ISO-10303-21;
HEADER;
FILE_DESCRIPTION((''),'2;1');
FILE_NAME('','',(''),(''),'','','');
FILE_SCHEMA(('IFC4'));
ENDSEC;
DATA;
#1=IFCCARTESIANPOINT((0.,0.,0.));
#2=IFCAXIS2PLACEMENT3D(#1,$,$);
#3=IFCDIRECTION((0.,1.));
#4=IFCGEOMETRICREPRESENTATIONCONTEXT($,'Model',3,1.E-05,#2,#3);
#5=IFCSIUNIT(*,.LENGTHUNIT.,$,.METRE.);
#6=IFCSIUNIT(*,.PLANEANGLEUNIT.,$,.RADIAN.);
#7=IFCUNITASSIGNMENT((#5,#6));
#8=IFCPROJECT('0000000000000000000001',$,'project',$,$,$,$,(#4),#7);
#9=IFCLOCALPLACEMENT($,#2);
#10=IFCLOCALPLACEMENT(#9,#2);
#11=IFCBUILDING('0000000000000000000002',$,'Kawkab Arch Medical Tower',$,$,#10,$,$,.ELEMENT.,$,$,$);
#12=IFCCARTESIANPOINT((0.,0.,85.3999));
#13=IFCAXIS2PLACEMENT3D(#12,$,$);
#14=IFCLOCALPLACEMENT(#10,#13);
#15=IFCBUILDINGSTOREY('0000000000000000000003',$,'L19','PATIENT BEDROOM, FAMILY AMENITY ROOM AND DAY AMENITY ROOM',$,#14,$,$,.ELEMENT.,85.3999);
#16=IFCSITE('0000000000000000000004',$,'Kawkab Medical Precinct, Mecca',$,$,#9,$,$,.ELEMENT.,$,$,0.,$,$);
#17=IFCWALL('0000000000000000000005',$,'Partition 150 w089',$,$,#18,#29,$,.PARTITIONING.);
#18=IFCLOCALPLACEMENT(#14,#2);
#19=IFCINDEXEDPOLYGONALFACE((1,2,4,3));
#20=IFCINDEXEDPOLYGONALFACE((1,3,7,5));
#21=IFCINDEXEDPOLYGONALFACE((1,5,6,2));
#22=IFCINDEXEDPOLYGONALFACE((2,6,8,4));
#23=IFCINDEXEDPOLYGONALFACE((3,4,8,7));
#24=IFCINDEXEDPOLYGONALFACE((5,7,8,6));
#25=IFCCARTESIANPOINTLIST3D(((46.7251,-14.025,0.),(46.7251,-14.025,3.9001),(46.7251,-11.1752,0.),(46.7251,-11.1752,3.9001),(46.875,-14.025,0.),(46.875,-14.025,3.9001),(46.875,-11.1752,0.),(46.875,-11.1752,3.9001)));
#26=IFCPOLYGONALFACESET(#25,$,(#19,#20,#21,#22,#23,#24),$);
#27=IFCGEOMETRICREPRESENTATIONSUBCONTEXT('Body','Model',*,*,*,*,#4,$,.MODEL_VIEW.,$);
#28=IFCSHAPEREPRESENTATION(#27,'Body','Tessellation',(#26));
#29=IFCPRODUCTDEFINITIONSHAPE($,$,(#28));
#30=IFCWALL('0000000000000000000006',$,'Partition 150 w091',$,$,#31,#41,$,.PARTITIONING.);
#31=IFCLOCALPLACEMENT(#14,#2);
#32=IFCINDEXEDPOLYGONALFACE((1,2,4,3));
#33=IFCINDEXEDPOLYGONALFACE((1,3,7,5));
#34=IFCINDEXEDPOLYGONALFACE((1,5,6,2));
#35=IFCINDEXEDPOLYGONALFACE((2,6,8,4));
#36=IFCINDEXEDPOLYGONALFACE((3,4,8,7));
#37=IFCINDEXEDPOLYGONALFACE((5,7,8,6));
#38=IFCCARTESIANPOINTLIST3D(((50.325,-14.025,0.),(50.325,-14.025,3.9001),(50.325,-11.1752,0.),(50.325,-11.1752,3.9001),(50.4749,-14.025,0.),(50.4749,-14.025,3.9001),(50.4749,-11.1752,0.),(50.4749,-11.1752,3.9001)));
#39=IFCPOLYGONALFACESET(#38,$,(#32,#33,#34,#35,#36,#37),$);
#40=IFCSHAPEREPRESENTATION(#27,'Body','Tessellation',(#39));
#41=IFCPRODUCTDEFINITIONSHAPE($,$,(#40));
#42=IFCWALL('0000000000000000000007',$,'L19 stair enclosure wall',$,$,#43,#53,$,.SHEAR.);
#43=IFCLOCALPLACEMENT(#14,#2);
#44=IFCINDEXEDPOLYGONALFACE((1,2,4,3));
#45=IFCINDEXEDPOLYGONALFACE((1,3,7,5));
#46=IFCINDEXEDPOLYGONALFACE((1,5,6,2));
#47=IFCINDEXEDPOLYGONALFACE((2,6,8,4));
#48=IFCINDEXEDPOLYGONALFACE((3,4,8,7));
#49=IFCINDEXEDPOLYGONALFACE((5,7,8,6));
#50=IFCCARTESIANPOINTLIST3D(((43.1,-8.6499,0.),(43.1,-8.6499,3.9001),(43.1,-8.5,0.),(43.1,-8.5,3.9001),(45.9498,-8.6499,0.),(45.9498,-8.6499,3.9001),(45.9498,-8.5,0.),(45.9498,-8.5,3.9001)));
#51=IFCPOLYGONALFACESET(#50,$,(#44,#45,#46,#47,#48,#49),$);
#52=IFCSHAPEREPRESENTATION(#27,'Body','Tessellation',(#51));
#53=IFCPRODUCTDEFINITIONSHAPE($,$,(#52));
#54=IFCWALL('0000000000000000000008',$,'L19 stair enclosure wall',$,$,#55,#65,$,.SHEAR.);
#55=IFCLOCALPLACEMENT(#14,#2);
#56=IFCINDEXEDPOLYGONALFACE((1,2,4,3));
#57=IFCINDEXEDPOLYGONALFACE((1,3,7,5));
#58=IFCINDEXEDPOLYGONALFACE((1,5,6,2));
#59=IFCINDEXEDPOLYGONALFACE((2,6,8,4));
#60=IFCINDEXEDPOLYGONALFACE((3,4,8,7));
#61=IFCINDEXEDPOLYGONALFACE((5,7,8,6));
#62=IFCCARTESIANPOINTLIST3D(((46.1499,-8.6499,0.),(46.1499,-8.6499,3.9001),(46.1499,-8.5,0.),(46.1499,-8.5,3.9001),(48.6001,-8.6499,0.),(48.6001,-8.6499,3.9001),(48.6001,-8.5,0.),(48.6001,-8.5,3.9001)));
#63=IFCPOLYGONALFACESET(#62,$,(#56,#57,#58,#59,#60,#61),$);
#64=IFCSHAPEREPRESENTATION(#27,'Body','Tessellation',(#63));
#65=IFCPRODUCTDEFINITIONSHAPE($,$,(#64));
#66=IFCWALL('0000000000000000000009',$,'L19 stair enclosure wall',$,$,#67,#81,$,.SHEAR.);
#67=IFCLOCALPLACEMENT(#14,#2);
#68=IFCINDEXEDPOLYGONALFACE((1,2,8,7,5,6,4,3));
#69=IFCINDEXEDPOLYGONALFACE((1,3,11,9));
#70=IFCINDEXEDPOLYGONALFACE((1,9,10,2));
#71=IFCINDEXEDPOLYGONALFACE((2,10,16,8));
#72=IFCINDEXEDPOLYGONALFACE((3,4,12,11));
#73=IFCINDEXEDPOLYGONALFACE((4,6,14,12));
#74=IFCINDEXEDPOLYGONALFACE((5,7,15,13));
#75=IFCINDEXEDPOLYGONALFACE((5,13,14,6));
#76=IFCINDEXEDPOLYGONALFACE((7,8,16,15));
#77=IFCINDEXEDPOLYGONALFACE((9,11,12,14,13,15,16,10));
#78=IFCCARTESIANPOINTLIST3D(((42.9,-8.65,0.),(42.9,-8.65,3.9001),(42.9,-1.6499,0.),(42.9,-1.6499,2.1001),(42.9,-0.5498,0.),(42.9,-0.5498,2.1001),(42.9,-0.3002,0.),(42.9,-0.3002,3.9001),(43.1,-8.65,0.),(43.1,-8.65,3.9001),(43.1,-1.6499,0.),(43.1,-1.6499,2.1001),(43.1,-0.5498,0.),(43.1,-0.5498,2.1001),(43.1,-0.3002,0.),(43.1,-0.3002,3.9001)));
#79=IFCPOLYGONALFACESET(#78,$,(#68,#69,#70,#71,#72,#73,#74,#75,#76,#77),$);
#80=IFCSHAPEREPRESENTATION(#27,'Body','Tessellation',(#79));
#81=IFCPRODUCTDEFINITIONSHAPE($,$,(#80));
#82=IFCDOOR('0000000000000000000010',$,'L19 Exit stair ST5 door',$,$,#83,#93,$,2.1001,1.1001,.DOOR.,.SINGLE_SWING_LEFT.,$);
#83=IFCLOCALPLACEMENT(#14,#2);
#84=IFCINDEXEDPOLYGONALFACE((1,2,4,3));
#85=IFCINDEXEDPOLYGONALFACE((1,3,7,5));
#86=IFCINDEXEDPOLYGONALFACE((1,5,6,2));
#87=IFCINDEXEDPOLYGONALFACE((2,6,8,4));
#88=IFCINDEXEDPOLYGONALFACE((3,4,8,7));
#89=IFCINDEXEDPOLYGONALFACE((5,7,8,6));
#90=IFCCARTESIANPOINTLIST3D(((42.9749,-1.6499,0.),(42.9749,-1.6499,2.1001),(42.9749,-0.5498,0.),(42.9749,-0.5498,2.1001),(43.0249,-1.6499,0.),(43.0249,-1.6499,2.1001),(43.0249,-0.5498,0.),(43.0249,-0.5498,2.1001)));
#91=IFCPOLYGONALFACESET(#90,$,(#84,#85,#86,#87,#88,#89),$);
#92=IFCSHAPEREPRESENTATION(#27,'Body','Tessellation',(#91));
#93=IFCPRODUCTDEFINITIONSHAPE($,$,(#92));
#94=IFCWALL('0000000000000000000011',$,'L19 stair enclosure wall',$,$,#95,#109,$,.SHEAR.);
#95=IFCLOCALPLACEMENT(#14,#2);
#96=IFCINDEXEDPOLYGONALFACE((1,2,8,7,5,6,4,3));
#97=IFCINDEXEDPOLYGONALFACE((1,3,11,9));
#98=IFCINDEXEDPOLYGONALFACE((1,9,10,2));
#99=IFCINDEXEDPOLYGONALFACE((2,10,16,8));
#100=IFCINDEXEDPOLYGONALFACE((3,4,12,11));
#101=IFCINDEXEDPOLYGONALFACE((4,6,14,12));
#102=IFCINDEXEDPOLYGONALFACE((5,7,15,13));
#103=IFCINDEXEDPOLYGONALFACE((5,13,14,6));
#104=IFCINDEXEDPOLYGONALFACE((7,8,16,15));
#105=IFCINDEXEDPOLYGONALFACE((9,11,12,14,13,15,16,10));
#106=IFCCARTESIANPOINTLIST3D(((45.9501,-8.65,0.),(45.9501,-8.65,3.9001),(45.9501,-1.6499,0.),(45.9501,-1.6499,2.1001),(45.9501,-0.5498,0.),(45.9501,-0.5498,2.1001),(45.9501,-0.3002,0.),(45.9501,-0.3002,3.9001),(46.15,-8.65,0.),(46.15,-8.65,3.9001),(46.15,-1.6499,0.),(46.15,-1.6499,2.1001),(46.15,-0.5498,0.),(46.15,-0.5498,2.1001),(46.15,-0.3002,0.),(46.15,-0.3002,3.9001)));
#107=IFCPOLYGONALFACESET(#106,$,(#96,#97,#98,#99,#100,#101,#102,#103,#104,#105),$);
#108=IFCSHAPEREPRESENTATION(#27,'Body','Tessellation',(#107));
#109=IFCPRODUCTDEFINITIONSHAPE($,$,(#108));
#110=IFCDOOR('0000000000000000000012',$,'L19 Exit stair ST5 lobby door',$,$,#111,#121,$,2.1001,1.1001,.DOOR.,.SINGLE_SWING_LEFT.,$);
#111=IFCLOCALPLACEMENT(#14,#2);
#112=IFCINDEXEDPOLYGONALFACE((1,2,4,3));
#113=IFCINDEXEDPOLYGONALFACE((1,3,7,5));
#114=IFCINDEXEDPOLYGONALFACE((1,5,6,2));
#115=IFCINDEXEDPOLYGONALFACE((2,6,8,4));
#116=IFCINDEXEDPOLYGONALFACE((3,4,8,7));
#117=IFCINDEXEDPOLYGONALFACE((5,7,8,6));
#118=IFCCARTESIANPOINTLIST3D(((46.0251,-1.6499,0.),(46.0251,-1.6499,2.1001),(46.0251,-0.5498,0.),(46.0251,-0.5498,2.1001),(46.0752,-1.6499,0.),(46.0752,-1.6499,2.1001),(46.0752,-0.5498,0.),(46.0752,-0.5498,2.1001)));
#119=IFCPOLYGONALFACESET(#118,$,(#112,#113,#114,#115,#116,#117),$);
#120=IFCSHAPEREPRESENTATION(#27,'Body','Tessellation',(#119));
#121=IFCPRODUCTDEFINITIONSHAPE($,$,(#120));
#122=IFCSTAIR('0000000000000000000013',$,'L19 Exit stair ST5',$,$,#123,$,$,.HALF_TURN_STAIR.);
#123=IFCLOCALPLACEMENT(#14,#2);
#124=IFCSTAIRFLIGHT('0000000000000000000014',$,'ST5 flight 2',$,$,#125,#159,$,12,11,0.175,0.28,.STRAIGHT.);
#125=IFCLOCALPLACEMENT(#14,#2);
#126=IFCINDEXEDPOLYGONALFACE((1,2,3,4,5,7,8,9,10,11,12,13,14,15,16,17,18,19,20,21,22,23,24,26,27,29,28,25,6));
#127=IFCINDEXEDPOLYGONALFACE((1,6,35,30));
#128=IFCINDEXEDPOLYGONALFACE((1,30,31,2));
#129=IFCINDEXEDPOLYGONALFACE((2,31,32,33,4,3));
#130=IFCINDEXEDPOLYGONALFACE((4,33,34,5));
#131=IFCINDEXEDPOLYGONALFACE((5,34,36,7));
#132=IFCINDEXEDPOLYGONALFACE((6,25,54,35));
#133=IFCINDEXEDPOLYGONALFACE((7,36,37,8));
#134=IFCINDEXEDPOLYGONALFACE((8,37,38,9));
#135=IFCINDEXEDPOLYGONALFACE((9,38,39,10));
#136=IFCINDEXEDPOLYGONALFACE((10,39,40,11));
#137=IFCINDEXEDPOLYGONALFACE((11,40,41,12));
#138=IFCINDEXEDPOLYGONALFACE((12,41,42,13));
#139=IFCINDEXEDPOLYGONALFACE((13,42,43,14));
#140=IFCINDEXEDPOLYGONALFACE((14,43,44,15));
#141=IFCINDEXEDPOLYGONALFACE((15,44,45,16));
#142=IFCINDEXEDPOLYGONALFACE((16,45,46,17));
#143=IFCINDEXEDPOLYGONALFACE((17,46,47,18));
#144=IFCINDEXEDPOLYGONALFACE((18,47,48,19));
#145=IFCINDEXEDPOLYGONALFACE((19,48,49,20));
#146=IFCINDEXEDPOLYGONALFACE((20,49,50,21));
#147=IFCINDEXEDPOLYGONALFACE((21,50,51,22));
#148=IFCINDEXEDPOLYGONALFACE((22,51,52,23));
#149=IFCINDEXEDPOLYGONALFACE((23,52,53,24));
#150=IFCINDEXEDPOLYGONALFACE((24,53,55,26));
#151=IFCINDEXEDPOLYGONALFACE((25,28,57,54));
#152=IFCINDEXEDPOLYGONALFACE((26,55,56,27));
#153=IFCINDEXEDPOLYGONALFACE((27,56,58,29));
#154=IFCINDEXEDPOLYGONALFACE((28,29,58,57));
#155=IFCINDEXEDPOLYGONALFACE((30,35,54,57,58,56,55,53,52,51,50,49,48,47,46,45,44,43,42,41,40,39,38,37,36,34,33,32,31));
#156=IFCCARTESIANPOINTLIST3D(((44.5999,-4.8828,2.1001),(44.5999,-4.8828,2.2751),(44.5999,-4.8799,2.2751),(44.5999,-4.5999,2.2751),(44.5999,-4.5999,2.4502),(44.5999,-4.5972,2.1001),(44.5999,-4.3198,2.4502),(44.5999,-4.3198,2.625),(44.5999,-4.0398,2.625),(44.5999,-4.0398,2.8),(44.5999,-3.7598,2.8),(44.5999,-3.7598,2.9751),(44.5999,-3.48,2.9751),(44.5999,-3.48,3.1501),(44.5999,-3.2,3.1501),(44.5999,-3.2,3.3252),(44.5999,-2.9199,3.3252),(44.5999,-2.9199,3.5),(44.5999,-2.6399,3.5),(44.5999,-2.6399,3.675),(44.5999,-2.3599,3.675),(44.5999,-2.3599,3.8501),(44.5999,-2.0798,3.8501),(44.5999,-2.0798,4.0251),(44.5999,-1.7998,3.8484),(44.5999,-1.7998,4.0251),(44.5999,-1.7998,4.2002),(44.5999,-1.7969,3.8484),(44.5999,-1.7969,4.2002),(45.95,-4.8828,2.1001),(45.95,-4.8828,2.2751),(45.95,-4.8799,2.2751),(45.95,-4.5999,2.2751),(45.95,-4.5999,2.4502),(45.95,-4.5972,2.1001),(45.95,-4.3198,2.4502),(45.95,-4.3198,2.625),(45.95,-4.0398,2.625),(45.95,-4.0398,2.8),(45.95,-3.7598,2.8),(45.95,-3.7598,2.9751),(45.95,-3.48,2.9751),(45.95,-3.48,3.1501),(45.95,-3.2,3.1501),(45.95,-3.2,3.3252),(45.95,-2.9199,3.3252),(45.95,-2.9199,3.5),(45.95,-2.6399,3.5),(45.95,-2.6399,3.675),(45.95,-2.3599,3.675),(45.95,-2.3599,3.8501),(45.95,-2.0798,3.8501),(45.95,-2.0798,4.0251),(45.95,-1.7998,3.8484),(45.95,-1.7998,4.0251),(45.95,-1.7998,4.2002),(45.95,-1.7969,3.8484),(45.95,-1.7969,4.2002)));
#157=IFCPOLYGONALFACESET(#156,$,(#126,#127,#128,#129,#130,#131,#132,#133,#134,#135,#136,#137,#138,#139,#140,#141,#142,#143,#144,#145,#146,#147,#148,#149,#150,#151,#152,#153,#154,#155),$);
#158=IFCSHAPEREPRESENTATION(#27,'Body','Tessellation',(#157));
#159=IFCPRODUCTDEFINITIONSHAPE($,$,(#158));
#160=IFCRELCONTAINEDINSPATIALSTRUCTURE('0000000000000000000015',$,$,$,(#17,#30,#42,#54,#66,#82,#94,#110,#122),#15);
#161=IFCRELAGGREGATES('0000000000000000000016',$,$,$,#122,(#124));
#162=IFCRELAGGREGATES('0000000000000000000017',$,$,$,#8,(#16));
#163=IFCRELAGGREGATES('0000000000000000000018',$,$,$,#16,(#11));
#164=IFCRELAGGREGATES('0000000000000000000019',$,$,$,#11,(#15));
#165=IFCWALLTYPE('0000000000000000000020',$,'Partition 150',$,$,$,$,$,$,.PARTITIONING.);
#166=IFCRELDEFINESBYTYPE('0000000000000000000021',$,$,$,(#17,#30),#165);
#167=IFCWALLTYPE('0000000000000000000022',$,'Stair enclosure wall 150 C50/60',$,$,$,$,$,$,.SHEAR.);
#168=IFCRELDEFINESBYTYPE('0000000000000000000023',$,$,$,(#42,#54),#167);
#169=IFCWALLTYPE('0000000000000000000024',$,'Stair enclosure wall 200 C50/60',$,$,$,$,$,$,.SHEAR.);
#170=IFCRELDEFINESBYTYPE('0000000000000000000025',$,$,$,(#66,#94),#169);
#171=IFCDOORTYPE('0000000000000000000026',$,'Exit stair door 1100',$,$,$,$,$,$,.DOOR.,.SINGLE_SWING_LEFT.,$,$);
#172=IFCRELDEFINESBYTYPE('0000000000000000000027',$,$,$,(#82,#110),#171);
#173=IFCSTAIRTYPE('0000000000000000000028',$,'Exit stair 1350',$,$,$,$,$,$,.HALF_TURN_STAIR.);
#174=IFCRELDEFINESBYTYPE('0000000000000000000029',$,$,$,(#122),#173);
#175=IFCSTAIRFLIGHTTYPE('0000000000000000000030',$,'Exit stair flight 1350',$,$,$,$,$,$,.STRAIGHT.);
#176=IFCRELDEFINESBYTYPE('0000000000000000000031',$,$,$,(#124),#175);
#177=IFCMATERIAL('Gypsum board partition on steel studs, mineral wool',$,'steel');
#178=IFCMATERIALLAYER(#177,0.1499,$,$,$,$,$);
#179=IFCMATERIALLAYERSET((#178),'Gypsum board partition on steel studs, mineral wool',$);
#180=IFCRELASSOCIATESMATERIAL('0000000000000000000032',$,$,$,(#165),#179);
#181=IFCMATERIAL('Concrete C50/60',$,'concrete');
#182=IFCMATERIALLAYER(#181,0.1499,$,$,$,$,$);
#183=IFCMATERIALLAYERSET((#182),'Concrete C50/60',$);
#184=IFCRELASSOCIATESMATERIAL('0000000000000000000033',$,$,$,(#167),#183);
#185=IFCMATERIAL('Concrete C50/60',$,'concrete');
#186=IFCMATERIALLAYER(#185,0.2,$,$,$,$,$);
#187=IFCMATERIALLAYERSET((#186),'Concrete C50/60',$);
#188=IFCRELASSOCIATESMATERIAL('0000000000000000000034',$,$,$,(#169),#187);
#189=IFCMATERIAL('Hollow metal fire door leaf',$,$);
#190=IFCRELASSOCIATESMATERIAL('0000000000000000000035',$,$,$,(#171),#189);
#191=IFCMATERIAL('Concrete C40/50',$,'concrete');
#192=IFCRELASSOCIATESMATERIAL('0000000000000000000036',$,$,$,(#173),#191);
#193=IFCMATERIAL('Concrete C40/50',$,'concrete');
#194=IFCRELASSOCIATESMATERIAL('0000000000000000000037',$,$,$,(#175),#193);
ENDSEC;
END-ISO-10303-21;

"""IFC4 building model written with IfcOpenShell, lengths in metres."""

from ifc_helpers import new_model, si_unit, direction, frame, frame_2d, origin, place, context, subcontext, project, spatial, polyline, rectangle, outline, extrude, material, layer, layer_set, type_object, element, fill, aggregate, save


model = new_model("IFC4")

# Units and contexts
model_context = context("Model", 3, precision=1e-05, world=origin(), true_north=direction((0.0, 1.0)))
body_context = subcontext(model_context, "Body", "Model", "MODEL_VIEW")
ifc_project = project(units=[si_unit("LENGTHUNIT", "METRE"), si_unit("PLANEANGLEUNIT", "RADIAN")], contexts=[model_context])

# Site, building, storey
site_placement = place(None, origin())
site = spatial("IfcSite", under=ifc_project, at=site_placement, Name="Kawkab Medical Precinct, Mecca", CompositionType="ELEMENT", RefElevation=0.0)
building_placement = place(site_placement, origin())
building = spatial("IfcBuilding", under=site, at=building_placement, Name="Kawkab Arch Medical Tower", CompositionType="ELEMENT")
storey_placement = place(building_placement, frame((0.0, 0.0, 85.3999)))
storey = spatial("IfcBuildingStorey", under=building, at=storey_placement, Name="L19", Description="PATIENT BEDROOM, FAMILY AMENITY ROOM AND DAY AMENITY ROOM", CompositionType="ELEMENT", Elevation=85.3999)

# Shared definitions
ifc_material_1 = material(Name="Gypsum board partition on steel studs, mineral wool", Category="steel")
ifc_layer_1 = layer(ifc_material_1, 0.1499)
ifc_layer_set_1 = layer_set([ifc_layer_1], Name="Gypsum board partition on steel studs, mineral wool")
wall_type_1 = type_object("IfcWallType", Name="Partition 150", PredefinedType="PARTITIONING", material=ifc_layer_set_1)

# Walls
for number, where, z_axis, x_axis, name in (
    (1, (46.8, -14.0249, 0.0), (0.0, 0.0, 1.0), (0.0, 1.0, 0.0), "Partition 150 w089"),
    (2, (50.3999, -14.0249, 0.0), (0.0, 0.0, 1.0), (0.0, 1.0, 0.0), "Partition 150 w091"),
):
    element("IfcWall", number, at=place(storey_placement, frame(where, z_axis=z_axis, x_axis=x_axis)), inside=storey, type_object=wall_type_1, Name=name, PredefinedType="PARTITIONING", context=body_context, shape_type="SweptSolid", body=[
        extrude(rectangle(XDim=2.8499, YDim=0.1499, at=frame_2d((1.4248, 0.0))), origin(), (0.0, 0.0, 1.0), 3.9001),
    ])
ifc_material_2 = material(Name="Concrete C50/60", Category="concrete")
ifc_layer_2 = layer(ifc_material_2, 0.1499)
ifc_layer_set_2 = layer_set([ifc_layer_2], Name="Concrete C50/60")
wall_type_2 = type_object("IfcWallType", Name="Stair enclosure wall 150 C50/60", PredefinedType="SHEAR", material=ifc_layer_set_2)
wall_1_placement = place(storey_placement, frame((43.1001, -8.575, 0.0), z_axis=(0.0, 0.0, 1.0), x_axis=(1.0, 0.0, 0.0)))
element("IfcWall", 3, at=wall_1_placement, inside=storey, type_object=wall_type_2, Name="L19 stair enclosure wall", PredefinedType="SHEAR", context=body_context, shape_type="SweptSolid", body=[
    extrude(rectangle(XDim=2.8499, YDim=0.1499, at=frame_2d((1.4248, 0.0))), origin(), (0.0, 0.0, 1.0), 3.9001),
])
wall_2_placement = place(storey_placement, frame((46.1499, -8.575, 0.0), z_axis=(0.0, 0.0, 1.0), x_axis=(1.0, 0.0, 0.0)))
element("IfcWall", 4, at=wall_2_placement, inside=storey, type_object=wall_type_2, Name="L19 stair enclosure wall", PredefinedType="SHEAR", context=body_context, shape_type="SweptSolid", body=[
    extrude(rectangle(XDim=2.4502, YDim=0.1499, at=frame_2d((1.2251, 0.0))), origin(), (0.0, 0.0, 1.0), 3.9001),
])

# Walls, openings, doors
ifc_material_3 = material(Name="Concrete C50/60", Category="concrete")
ifc_layer_3 = layer(ifc_material_3, 0.2)
ifc_layer_set_3 = layer_set([ifc_layer_3], Name="Concrete C50/60")
wall_type_3 = type_object("IfcWallType", Name="Stair enclosure wall 200 C50/60", PredefinedType="SHEAR", material=ifc_layer_set_3)
wall_3_placement = place(storey_placement, frame((43.0, -8.6499, 0.0), z_axis=(0.0, 0.0, 1.0), x_axis=(0.0, 1.0, 0.0)))
wall_3 = element("IfcWall", 5, at=wall_3_placement, inside=storey, type_object=wall_type_3, Name="L19 stair enclosure wall", PredefinedType="SHEAR", context=body_context, shape_type="SweptSolid", body=[
    extrude(rectangle(XDim=8.3499, YDim=0.2, at=frame_2d((4.1748, 0.0))), origin(), (0.0, 0.0, 1.0), 3.9001),
])
opening_1_placement = place(wall_3_placement, frame((7.0, 0.0, 0.0)))
opening_1 = element("IfcOpeningElement", 6, at=opening_1_placement, cuts=wall_3, PredefinedType="OPENING", context=body_context, shape_type="SweptSolid", body=[
    extrude(rectangle(XDim=1.1001, YDim=2.1001, at=frame_2d((0.55, 1.05))), frame((0.0, 0.1099, 0.0), z_axis=(0.0, -1.0, 0.0), x_axis=(1.0, 0.0, 0.0)), (0.0, 0.0, 1.0), 0.22),
])
ifc_material_4 = material(Name="Hollow metal fire door leaf")
door_type_1 = type_object("IfcDoorType", Name="Exit stair door 1100", OperationType="SINGLE_SWING_LEFT", PredefinedType="DOOR", material=ifc_material_4)
door_1_placement = place(opening_1_placement, frame((1.1001, 0.0, 0.0), z_axis=(0.0, 0.0, 1.0), x_axis=(-1.0, 0.0, 0.0)))
door_1 = element("IfcDoor", 7, at=door_1_placement, inside=storey, type_object=door_type_1, Name="L19 Exit stair ST5 door", OperationType="SINGLE_SWING_LEFT", OverallHeight=2.1001, OverallWidth=1.1001, PredefinedType="DOOR", context=body_context, shape_type="SweptSolid", body=[
    extrude(rectangle(XDim=1.1001, YDim=2.1001, at=frame_2d((0.55, 1.05))), frame((0.0, 0.0249, 0.0), z_axis=(0.0, -1.0, 0.0), x_axis=(1.0, 0.0, 0.0)), (0.0, 0.0, 1.0), 0.05),
])
fill(opening_1, door_1)
wall_4_placement = place(storey_placement, frame((46.05, -8.6499, 0.0), z_axis=(0.0, 0.0, 1.0), x_axis=(0.0, 1.0, 0.0)))
wall_4 = element("IfcWall", 8, at=wall_4_placement, inside=storey, type_object=wall_type_3, Name="L19 stair enclosure wall", PredefinedType="SHEAR", context=body_context, shape_type="SweptSolid", body=[
    extrude(rectangle(XDim=8.3499, YDim=0.2, at=frame_2d((4.1748, 0.0))), origin(), (0.0, 0.0, 1.0), 3.9001),
])
opening_2_placement = place(wall_4_placement, frame((7.0, 0.0, 0.0)))
opening_2 = element("IfcOpeningElement", 9, at=opening_2_placement, cuts=wall_4, PredefinedType="OPENING", context=body_context, shape_type="SweptSolid", body=[
    extrude(rectangle(XDim=1.1001, YDim=2.1001, at=frame_2d((0.55, 1.05))), frame((0.0, 0.1099, 0.0), z_axis=(0.0, -1.0, 0.0), x_axis=(1.0, 0.0, 0.0)), (0.0, 0.0, 1.0), 0.22),
])
door_2_placement = place(opening_2_placement, origin())
door_2 = element("IfcDoor", 10, at=door_2_placement, inside=storey, type_object=door_type_1, Name="L19 Exit stair ST5 lobby door", OperationType="SINGLE_SWING_LEFT", OverallHeight=2.1001, OverallWidth=1.1001, PredefinedType="DOOR", context=body_context, shape_type="SweptSolid", body=[
    extrude(rectangle(XDim=1.1001, YDim=2.1001, at=frame_2d((0.55, 1.05))), frame((0.0, 0.0249, 0.0), z_axis=(0.0, -1.0, 0.0), x_axis=(1.0, 0.0, 0.0)), (0.0, 0.0, 1.0), 0.05),
])
fill(opening_2, door_2)

# Stair, stair flight
ifc_material_5 = material(Name="Concrete C40/50", Category="concrete")
stair_type = type_object("IfcStairType", Name="Exit stair 1350", PredefinedType="HALF_TURN_STAIR", material=ifc_material_5)
stair_placement = place(storey_placement, origin())
stair = element("IfcStair", 11, at=stair_placement, inside=storey, type_object=stair_type, Name="L19 Exit stair ST5", PredefinedType="HALF_TURN_STAIR")
ifc_material_6 = material(Name="Concrete C40/50", Category="concrete")
stair_flight_type = type_object("IfcStairFlightType", Name="Exit stair flight 1350", PredefinedType="STRAIGHT", material=ifc_material_6)
stair_flight_placement = place(storey_placement, frame((45.2749, -4.8799, 2.1001), z_axis=(0.0, 0.0, 1.0), x_axis=(0.0, 1.0, 0.0)))
stair_flight = element("IfcStairFlight", 12, at=stair_flight_placement, type_object=stair_flight_type, Name="ST5 flight 2", NumberOfRisers=12, NumberOfTreads=11, PredefinedType="STRAIGHT", RiserHeight=0.175, TreadLength=0.28, context=body_context, shape_type="SweptSolid", body=[
    extrude(outline(polyline([(-0.0029, 0.0), (-0.0029, 0.175), (0.0, 0.175), (0.28, 0.175), (0.28, 0.3501), (0.5601, 0.3501), (0.5601, 0.5249), (0.8401, 0.5249), (0.8401, 0.7), (1.1201, 0.7), (1.1201, 0.875), (1.3999, 0.875), (1.3999, 1.05), (1.6799, 1.05), (1.6799, 1.2251), (1.96, 1.2251), (1.96, 1.3999), (2.24, 1.3999), (2.24, 1.575), (2.52, 1.575), (2.52, 1.75), (2.8, 1.75), (2.8, 1.925), (3.0801, 1.925), (3.0801, 2.1001), (3.083, 2.1001), (3.083, 1.7483), (3.0801, 1.7483), (0.2827, 0.0), (-0.0029, 0.0)])), frame((0.0, 0.675, 0.0), z_axis=(0.0, -1.0, 0.0), x_axis=(1.0, 0.0, 0.0)), (0.0, 0.0, 1.0), 1.3501),
])
aggregate(stair, [stair_flight])

save(model, "model.ifc")
